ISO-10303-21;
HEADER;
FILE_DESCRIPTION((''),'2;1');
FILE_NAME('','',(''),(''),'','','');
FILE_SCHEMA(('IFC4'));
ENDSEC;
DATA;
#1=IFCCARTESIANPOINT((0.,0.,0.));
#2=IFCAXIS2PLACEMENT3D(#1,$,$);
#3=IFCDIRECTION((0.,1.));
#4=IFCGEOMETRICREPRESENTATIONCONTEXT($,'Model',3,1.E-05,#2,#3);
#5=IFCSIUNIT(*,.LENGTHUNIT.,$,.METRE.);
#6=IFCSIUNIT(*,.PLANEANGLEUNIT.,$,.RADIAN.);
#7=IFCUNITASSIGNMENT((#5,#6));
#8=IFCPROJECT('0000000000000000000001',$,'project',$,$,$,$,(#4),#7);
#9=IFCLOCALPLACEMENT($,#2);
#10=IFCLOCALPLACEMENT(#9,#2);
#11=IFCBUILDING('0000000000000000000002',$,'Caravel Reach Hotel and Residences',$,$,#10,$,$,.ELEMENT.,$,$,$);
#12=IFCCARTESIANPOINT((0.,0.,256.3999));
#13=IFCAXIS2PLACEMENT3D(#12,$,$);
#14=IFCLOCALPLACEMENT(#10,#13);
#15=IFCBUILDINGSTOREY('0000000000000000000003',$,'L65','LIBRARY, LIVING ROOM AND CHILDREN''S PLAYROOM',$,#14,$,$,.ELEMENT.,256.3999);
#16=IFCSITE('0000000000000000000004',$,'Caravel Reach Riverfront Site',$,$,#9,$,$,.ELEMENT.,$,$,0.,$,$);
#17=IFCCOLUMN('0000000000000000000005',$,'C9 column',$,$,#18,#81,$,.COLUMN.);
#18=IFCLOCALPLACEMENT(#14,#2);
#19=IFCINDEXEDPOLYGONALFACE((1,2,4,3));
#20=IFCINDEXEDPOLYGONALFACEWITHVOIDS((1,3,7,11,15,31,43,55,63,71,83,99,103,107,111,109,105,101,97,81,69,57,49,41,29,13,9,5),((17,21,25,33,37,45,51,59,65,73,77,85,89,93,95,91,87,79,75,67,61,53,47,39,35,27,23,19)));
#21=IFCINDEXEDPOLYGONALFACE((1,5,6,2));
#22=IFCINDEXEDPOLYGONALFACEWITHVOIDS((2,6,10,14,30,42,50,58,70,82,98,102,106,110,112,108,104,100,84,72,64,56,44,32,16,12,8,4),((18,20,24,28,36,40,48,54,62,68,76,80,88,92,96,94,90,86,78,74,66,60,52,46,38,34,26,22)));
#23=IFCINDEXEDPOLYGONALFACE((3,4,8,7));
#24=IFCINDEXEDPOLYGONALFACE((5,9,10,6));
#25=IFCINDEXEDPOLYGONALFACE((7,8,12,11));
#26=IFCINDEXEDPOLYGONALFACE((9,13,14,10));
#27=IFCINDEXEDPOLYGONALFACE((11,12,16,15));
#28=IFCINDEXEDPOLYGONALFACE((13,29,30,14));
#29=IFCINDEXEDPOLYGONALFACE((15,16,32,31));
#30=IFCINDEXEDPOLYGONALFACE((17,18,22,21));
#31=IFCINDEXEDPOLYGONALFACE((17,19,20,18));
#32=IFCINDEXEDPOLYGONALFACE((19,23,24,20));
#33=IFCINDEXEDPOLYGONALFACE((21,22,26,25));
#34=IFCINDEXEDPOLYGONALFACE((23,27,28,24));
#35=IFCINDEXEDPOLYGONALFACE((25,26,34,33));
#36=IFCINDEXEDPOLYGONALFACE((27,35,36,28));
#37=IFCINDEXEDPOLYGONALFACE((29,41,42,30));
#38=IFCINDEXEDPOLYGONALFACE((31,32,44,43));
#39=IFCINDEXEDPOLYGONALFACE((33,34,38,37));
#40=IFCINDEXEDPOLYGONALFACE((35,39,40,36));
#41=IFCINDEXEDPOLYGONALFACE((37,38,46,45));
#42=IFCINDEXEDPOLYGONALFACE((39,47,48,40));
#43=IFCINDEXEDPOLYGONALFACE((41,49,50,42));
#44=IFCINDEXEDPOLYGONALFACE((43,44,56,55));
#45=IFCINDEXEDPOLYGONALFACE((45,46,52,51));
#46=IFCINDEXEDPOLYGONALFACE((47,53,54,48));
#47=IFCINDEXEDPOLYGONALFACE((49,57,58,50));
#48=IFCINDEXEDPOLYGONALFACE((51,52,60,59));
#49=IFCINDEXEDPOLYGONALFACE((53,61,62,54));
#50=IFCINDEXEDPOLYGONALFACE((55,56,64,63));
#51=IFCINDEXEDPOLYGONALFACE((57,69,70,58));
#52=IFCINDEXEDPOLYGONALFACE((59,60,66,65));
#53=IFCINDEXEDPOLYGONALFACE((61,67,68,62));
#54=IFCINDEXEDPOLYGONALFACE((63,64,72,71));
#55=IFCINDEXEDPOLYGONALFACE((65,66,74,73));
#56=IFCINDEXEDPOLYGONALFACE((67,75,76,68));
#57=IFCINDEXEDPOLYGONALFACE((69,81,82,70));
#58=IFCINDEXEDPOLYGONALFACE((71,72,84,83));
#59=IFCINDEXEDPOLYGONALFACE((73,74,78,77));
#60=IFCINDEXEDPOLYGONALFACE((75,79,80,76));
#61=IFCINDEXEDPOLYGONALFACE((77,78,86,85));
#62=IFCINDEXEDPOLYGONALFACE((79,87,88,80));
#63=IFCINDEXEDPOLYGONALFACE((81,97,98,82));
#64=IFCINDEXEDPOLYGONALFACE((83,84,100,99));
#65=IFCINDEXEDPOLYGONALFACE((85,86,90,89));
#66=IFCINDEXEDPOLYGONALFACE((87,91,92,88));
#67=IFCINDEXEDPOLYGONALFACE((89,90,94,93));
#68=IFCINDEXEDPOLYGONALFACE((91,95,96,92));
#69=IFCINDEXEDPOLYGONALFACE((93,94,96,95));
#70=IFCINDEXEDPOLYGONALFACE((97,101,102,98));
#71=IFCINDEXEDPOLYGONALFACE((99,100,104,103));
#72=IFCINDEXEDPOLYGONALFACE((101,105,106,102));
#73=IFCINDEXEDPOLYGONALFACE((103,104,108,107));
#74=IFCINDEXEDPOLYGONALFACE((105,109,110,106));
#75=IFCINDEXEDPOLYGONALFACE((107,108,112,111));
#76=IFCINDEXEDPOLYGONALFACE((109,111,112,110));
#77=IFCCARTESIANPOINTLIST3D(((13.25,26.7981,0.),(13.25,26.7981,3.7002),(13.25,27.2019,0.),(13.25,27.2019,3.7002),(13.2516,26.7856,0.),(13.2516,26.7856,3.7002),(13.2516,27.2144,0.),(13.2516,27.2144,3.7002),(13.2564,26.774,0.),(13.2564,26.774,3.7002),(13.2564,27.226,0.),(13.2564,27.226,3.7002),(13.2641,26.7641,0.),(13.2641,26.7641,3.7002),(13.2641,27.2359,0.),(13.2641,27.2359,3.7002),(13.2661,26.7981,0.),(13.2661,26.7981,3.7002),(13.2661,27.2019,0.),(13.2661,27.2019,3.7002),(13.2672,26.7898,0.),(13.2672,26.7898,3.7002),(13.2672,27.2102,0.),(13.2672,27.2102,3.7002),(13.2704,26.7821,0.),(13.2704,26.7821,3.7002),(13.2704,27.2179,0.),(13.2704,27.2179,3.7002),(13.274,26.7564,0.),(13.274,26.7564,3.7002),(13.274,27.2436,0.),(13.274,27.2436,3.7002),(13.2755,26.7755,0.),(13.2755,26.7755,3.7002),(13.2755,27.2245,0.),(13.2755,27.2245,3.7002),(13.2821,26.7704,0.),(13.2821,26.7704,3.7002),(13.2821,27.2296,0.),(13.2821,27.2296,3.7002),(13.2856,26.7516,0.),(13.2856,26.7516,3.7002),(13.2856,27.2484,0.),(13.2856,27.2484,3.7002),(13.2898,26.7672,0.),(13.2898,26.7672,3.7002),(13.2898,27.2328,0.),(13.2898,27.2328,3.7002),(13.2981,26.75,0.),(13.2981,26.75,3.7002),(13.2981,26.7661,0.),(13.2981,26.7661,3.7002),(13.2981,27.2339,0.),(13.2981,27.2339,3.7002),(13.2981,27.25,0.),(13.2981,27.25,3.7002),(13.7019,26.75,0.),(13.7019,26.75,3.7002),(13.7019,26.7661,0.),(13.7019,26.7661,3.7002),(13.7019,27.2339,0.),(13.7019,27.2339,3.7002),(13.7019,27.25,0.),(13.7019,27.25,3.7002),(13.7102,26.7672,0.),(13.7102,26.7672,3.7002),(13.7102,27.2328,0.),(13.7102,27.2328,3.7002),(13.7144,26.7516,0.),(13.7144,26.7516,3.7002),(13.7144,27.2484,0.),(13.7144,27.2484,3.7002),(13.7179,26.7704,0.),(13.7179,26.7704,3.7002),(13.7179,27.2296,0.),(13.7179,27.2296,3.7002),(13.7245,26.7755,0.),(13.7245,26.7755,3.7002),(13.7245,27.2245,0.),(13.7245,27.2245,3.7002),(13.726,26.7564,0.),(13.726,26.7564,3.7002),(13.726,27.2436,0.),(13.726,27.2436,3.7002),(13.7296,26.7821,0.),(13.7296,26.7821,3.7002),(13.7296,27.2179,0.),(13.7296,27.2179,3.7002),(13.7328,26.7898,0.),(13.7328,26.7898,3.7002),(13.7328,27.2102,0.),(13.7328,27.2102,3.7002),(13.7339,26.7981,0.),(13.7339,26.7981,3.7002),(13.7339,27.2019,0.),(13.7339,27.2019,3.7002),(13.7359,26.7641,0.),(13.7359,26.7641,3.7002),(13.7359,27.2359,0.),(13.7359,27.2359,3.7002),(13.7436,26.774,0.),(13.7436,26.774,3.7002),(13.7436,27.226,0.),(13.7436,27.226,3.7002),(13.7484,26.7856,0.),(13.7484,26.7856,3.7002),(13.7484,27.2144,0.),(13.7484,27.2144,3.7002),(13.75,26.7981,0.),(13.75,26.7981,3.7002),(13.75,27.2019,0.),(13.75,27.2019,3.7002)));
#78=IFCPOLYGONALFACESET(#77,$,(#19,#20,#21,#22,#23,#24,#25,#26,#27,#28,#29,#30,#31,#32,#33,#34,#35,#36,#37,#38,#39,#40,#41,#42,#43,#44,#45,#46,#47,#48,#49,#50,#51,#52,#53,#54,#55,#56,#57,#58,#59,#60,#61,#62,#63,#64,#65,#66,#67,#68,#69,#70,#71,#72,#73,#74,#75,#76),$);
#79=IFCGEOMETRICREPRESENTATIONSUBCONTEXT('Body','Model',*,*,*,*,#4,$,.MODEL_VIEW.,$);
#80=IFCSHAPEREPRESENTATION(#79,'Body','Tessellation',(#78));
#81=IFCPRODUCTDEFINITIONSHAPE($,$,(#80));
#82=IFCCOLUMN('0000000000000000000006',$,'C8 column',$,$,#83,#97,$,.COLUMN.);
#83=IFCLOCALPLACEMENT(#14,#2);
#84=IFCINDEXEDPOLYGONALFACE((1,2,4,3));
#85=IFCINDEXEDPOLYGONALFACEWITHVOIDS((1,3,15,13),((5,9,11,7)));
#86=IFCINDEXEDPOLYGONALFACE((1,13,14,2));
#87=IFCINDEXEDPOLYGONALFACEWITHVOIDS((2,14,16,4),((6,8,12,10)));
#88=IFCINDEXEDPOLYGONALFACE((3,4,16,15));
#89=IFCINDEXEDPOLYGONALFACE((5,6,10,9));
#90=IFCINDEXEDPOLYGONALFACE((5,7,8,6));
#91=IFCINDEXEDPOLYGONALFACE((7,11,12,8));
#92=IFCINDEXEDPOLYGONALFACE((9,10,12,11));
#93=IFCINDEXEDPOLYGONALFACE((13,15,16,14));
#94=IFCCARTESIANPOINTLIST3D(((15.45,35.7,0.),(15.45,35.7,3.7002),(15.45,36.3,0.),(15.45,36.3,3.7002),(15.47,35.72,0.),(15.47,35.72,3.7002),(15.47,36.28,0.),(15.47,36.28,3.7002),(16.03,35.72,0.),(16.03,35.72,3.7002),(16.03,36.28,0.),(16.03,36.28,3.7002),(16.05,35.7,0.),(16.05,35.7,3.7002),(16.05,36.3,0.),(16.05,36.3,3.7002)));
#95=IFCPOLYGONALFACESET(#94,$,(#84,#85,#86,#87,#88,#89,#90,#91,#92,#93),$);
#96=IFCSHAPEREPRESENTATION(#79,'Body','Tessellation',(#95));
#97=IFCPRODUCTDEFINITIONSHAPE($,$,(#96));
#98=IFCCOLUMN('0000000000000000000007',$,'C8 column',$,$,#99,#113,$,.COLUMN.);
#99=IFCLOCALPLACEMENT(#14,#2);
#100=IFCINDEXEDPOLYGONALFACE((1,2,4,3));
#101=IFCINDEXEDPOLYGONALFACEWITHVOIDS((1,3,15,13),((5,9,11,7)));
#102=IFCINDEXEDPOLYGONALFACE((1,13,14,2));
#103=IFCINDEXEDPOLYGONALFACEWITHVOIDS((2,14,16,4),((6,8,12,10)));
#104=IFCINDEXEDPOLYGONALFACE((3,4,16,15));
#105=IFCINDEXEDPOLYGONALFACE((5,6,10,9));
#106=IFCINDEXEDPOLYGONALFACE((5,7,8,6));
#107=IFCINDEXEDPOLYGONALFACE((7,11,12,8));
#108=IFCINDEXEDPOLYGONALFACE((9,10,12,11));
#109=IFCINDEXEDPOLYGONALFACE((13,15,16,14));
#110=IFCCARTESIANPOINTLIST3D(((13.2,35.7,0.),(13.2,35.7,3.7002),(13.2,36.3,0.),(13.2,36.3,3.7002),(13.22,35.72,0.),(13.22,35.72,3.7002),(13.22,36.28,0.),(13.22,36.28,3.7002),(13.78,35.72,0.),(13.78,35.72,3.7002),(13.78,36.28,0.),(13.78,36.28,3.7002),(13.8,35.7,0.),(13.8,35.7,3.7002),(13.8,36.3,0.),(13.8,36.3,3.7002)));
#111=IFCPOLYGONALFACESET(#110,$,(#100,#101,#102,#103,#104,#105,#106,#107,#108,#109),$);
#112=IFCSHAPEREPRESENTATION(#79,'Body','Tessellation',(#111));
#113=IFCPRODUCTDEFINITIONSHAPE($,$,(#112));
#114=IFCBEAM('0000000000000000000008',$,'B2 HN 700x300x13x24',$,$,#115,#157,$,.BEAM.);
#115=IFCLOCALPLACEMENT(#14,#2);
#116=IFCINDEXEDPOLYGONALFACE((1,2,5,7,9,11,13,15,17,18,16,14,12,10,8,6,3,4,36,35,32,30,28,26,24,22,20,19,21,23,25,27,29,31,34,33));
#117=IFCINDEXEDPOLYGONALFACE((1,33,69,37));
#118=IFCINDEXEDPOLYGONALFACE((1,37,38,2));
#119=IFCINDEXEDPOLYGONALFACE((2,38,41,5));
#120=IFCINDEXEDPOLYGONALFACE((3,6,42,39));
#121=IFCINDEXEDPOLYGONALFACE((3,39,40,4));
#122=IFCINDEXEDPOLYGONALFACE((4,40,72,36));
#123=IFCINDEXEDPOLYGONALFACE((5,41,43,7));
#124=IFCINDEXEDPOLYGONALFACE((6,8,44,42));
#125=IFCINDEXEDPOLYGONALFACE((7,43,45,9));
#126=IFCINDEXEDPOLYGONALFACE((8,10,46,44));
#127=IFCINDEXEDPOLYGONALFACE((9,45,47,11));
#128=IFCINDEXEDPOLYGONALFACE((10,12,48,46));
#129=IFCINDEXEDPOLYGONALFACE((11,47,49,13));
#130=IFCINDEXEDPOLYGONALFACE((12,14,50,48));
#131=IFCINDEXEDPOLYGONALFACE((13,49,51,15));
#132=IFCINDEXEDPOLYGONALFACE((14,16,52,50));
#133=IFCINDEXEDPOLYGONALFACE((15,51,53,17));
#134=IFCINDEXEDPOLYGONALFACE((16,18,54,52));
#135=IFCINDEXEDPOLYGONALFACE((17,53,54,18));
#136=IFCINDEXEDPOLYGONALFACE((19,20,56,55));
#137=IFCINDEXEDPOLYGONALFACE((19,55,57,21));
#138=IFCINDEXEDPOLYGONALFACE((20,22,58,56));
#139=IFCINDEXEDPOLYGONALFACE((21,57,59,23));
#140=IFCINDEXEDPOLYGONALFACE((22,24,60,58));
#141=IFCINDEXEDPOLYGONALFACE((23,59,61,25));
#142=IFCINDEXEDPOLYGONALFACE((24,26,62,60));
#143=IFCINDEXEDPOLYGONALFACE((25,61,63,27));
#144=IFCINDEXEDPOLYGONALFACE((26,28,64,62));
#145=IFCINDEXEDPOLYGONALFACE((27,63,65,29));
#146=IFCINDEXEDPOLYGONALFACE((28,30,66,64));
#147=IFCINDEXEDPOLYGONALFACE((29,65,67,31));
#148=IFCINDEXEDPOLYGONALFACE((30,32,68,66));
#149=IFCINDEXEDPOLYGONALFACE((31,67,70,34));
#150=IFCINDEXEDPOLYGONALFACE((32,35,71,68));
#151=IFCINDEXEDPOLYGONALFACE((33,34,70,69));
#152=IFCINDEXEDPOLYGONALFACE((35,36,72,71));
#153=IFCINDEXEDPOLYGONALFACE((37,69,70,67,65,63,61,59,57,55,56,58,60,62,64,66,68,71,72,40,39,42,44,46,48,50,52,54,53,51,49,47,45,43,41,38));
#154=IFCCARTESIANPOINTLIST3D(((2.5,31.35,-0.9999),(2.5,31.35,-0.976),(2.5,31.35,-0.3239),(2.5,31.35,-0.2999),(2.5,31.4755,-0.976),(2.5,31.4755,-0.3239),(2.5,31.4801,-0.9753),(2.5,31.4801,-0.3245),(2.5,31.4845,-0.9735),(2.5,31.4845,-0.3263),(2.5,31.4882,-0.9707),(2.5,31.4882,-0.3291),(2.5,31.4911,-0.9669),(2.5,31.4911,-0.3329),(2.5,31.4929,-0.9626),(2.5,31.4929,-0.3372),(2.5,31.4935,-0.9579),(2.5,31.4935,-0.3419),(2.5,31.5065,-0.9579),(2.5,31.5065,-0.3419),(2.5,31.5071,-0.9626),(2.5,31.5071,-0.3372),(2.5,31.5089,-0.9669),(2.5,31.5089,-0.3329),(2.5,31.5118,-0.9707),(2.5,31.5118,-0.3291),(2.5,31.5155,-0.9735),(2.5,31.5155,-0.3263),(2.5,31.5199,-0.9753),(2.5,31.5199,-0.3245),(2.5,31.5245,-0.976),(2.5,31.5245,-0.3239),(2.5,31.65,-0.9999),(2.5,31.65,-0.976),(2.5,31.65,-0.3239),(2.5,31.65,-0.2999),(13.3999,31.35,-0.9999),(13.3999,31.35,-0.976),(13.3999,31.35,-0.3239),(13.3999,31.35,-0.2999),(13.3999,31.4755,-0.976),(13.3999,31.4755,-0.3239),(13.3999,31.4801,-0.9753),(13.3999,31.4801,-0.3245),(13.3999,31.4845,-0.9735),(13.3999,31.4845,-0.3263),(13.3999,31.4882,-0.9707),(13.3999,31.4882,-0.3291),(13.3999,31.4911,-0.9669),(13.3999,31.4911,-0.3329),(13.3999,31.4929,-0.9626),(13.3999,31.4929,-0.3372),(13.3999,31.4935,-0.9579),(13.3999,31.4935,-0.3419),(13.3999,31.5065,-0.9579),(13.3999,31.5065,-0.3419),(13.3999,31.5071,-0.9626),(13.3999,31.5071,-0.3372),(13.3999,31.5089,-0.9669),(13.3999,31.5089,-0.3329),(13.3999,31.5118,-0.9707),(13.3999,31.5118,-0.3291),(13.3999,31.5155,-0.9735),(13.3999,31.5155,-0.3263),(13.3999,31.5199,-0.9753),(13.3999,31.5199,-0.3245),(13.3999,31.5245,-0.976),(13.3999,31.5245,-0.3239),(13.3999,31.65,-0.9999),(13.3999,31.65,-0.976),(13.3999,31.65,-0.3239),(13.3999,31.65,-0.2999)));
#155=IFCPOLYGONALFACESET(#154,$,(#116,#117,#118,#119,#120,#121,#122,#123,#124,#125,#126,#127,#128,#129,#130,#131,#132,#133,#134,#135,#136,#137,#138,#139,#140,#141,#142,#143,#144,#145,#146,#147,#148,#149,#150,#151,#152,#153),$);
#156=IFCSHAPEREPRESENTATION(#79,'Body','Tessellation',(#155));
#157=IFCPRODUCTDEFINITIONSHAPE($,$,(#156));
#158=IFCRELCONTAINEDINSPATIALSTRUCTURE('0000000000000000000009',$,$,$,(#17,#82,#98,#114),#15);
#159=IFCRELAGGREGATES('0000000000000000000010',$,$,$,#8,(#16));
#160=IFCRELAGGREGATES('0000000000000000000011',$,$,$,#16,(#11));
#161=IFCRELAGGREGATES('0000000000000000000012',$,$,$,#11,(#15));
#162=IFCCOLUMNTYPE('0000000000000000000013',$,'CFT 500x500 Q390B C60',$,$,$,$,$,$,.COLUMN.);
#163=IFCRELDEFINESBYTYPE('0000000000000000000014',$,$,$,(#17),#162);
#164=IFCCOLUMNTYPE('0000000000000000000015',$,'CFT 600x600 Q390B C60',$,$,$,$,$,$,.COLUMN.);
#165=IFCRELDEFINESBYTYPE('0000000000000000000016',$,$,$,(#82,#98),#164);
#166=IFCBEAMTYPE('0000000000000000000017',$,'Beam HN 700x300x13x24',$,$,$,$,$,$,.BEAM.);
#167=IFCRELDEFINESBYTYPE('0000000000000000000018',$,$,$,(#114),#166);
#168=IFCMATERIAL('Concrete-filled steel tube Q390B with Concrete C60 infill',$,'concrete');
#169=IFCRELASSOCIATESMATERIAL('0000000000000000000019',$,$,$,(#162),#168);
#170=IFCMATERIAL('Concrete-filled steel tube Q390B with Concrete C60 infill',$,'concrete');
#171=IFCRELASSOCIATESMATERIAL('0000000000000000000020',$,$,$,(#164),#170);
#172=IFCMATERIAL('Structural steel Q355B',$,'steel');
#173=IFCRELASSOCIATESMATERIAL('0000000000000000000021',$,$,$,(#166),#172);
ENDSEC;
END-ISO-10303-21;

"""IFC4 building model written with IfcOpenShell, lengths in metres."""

from ifc_helpers import new_model, si_unit, direction, frame, origin, origin_2d, place, context, subcontext, project, spatial, hollow_rectangle, i_section, extrude, material, material_profile, profile_set, type_object, element, save


model = new_model("IFC4")

# Units and contexts
model_context = context("Model", 3, precision=1e-05, world=origin(), true_north=direction((0.0, 1.0)))
body_context = subcontext(model_context, "Body", "Model", "MODEL_VIEW")
ifc_project = project(units=[si_unit("LENGTHUNIT", "METRE"), si_unit("PLANEANGLEUNIT", "RADIAN")], contexts=[model_context])

# Site, building, storey
site_placement = place(None, origin())
site = spatial("IfcSite", under=ifc_project, at=site_placement, Name="Caravel Reach Riverfront Site", CompositionType="ELEMENT", RefElevation=0.0)
building_placement = place(site_placement, origin())
building = spatial("IfcBuilding", under=site, at=building_placement, Name="Caravel Reach Hotel and Residences", CompositionType="ELEMENT")
storey_placement = place(building_placement, frame((0.0, 0.0, 256.3999)))
storey = spatial("IfcBuildingStorey", under=building, at=storey_placement, Name="L65", Description="LIBRARY, LIVING ROOM AND CHILDREN'S PLAYROOM", CompositionType="ELEMENT", Elevation=256.3999)

# Columns
ifc_material_1 = material(Name="Concrete-filled steel tube Q390B with Concrete C60 infill", Category="concrete")
ifc_material_profile_1 = material_profile(ifc_material_1, hollow_rectangle(XDim=0.5, YDim=0.5, WallThickness=0.0161, InnerFilletRadius=0.032, OuterFilletRadius=0.0481, at=origin_2d()), Name="RHS 500x500x16")
ifc_profile_set_1 = profile_set([ifc_material_profile_1], Name="Concrete-filled steel tube Q390B with Concrete C60 infill")
column_type_1 = type_object("IfcColumnType", Name="CFT 500x500 Q390B C60", PredefinedType="COLUMN", material=ifc_profile_set_1)
column_placement = place(storey_placement, frame((13.5, 27.0, 0.0), z_axis=(0.0, 0.0, 1.0), x_axis=(1.0, 0.0, 0.0)))
element("IfcColumn", 1, at=column_placement, inside=storey, type_object=column_type_1, Name="C9 column", PredefinedType="COLUMN", context=body_context, shape_type="SweptSolid", body=[
    extrude(hollow_rectangle(XDim=0.5, YDim=0.5, WallThickness=0.0161, InnerFilletRadius=0.032, OuterFilletRadius=0.0481, at=origin_2d()), origin(), (0.0, 0.0, 1.0), 3.7002),
])
ifc_material_2 = material(Name="Concrete-filled steel tube Q390B with Concrete C60 infill", Category="concrete")
ifc_material_profile_2 = material_profile(ifc_material_2, hollow_rectangle(XDim=0.6001, YDim=0.6001, WallThickness=0.02, at=origin_2d()), Name="RHS 600x600x20")
ifc_profile_set_2 = profile_set([ifc_material_profile_2], Name="Concrete-filled steel tube Q390B with Concrete C60 infill")
column_type_2 = type_object("IfcColumnType", Name="CFT 600x600 Q390B C60", PredefinedType="COLUMN", material=ifc_profile_set_2)
for number, where, z_axis, x_axis, name in (
    (2, (15.75, 36.0, 0.0), (0.0, 0.0, 1.0), (1.0, 0.0, 0.0), "C8 column"),
    (3, (13.5, 36.0, 0.0), (0.0, 0.0, 1.0), (1.0, 0.0, 0.0), "C8 column"),
):
    element("IfcColumn", number, at=place(storey_placement, frame(where, z_axis=z_axis, x_axis=x_axis)), inside=storey, type_object=column_type_2, Name=name, PredefinedType="COLUMN", context=body_context, shape_type="SweptSolid", body=[
        extrude(hollow_rectangle(XDim=0.6001, YDim=0.6001, WallThickness=0.02, at=origin_2d()), origin(), (0.0, 0.0, 1.0), 3.7002),
    ])

# Beam
ifc_material_3 = material(Name="Structural steel Q355B", Category="steel")
ifc_material_profile_3 = material_profile(ifc_material_3, i_section(OverallWidth=0.3, OverallDepth=0.7, WebThickness=0.0129, FlangeThickness=0.0239, FilletRadius=0.0181, at=origin_2d()), Name="HN 700x300x13x24")
ifc_profile_set_3 = profile_set([ifc_material_profile_3], Name="Structural steel Q355B")
beam_type_1 = type_object("IfcBeamType", Name="Beam HN 700x300x13x24", PredefinedType="BEAM", material=ifc_profile_set_3)
beam_1_placement = place(storey_placement, frame((13.3999, 31.5, -0.6499), z_axis=(-1.0, 0.0, 0.0), x_axis=(0.0, -1.0, 0.0)))
element("IfcBeam", 4, at=beam_1_placement, inside=storey, type_object=beam_type_1, Name="B2 HN 700x300x13x24", PredefinedType="BEAM", context=body_context, shape_type="SweptSolid", body=[
    extrude(i_section(OverallWidth=0.3, OverallDepth=0.7, WebThickness=0.0129, FlangeThickness=0.0239, FilletRadius=0.0181, at=origin_2d()), origin(), (0.0, 0.0, 1.0), 10.8999),
])

save(model, "model.ifc")
